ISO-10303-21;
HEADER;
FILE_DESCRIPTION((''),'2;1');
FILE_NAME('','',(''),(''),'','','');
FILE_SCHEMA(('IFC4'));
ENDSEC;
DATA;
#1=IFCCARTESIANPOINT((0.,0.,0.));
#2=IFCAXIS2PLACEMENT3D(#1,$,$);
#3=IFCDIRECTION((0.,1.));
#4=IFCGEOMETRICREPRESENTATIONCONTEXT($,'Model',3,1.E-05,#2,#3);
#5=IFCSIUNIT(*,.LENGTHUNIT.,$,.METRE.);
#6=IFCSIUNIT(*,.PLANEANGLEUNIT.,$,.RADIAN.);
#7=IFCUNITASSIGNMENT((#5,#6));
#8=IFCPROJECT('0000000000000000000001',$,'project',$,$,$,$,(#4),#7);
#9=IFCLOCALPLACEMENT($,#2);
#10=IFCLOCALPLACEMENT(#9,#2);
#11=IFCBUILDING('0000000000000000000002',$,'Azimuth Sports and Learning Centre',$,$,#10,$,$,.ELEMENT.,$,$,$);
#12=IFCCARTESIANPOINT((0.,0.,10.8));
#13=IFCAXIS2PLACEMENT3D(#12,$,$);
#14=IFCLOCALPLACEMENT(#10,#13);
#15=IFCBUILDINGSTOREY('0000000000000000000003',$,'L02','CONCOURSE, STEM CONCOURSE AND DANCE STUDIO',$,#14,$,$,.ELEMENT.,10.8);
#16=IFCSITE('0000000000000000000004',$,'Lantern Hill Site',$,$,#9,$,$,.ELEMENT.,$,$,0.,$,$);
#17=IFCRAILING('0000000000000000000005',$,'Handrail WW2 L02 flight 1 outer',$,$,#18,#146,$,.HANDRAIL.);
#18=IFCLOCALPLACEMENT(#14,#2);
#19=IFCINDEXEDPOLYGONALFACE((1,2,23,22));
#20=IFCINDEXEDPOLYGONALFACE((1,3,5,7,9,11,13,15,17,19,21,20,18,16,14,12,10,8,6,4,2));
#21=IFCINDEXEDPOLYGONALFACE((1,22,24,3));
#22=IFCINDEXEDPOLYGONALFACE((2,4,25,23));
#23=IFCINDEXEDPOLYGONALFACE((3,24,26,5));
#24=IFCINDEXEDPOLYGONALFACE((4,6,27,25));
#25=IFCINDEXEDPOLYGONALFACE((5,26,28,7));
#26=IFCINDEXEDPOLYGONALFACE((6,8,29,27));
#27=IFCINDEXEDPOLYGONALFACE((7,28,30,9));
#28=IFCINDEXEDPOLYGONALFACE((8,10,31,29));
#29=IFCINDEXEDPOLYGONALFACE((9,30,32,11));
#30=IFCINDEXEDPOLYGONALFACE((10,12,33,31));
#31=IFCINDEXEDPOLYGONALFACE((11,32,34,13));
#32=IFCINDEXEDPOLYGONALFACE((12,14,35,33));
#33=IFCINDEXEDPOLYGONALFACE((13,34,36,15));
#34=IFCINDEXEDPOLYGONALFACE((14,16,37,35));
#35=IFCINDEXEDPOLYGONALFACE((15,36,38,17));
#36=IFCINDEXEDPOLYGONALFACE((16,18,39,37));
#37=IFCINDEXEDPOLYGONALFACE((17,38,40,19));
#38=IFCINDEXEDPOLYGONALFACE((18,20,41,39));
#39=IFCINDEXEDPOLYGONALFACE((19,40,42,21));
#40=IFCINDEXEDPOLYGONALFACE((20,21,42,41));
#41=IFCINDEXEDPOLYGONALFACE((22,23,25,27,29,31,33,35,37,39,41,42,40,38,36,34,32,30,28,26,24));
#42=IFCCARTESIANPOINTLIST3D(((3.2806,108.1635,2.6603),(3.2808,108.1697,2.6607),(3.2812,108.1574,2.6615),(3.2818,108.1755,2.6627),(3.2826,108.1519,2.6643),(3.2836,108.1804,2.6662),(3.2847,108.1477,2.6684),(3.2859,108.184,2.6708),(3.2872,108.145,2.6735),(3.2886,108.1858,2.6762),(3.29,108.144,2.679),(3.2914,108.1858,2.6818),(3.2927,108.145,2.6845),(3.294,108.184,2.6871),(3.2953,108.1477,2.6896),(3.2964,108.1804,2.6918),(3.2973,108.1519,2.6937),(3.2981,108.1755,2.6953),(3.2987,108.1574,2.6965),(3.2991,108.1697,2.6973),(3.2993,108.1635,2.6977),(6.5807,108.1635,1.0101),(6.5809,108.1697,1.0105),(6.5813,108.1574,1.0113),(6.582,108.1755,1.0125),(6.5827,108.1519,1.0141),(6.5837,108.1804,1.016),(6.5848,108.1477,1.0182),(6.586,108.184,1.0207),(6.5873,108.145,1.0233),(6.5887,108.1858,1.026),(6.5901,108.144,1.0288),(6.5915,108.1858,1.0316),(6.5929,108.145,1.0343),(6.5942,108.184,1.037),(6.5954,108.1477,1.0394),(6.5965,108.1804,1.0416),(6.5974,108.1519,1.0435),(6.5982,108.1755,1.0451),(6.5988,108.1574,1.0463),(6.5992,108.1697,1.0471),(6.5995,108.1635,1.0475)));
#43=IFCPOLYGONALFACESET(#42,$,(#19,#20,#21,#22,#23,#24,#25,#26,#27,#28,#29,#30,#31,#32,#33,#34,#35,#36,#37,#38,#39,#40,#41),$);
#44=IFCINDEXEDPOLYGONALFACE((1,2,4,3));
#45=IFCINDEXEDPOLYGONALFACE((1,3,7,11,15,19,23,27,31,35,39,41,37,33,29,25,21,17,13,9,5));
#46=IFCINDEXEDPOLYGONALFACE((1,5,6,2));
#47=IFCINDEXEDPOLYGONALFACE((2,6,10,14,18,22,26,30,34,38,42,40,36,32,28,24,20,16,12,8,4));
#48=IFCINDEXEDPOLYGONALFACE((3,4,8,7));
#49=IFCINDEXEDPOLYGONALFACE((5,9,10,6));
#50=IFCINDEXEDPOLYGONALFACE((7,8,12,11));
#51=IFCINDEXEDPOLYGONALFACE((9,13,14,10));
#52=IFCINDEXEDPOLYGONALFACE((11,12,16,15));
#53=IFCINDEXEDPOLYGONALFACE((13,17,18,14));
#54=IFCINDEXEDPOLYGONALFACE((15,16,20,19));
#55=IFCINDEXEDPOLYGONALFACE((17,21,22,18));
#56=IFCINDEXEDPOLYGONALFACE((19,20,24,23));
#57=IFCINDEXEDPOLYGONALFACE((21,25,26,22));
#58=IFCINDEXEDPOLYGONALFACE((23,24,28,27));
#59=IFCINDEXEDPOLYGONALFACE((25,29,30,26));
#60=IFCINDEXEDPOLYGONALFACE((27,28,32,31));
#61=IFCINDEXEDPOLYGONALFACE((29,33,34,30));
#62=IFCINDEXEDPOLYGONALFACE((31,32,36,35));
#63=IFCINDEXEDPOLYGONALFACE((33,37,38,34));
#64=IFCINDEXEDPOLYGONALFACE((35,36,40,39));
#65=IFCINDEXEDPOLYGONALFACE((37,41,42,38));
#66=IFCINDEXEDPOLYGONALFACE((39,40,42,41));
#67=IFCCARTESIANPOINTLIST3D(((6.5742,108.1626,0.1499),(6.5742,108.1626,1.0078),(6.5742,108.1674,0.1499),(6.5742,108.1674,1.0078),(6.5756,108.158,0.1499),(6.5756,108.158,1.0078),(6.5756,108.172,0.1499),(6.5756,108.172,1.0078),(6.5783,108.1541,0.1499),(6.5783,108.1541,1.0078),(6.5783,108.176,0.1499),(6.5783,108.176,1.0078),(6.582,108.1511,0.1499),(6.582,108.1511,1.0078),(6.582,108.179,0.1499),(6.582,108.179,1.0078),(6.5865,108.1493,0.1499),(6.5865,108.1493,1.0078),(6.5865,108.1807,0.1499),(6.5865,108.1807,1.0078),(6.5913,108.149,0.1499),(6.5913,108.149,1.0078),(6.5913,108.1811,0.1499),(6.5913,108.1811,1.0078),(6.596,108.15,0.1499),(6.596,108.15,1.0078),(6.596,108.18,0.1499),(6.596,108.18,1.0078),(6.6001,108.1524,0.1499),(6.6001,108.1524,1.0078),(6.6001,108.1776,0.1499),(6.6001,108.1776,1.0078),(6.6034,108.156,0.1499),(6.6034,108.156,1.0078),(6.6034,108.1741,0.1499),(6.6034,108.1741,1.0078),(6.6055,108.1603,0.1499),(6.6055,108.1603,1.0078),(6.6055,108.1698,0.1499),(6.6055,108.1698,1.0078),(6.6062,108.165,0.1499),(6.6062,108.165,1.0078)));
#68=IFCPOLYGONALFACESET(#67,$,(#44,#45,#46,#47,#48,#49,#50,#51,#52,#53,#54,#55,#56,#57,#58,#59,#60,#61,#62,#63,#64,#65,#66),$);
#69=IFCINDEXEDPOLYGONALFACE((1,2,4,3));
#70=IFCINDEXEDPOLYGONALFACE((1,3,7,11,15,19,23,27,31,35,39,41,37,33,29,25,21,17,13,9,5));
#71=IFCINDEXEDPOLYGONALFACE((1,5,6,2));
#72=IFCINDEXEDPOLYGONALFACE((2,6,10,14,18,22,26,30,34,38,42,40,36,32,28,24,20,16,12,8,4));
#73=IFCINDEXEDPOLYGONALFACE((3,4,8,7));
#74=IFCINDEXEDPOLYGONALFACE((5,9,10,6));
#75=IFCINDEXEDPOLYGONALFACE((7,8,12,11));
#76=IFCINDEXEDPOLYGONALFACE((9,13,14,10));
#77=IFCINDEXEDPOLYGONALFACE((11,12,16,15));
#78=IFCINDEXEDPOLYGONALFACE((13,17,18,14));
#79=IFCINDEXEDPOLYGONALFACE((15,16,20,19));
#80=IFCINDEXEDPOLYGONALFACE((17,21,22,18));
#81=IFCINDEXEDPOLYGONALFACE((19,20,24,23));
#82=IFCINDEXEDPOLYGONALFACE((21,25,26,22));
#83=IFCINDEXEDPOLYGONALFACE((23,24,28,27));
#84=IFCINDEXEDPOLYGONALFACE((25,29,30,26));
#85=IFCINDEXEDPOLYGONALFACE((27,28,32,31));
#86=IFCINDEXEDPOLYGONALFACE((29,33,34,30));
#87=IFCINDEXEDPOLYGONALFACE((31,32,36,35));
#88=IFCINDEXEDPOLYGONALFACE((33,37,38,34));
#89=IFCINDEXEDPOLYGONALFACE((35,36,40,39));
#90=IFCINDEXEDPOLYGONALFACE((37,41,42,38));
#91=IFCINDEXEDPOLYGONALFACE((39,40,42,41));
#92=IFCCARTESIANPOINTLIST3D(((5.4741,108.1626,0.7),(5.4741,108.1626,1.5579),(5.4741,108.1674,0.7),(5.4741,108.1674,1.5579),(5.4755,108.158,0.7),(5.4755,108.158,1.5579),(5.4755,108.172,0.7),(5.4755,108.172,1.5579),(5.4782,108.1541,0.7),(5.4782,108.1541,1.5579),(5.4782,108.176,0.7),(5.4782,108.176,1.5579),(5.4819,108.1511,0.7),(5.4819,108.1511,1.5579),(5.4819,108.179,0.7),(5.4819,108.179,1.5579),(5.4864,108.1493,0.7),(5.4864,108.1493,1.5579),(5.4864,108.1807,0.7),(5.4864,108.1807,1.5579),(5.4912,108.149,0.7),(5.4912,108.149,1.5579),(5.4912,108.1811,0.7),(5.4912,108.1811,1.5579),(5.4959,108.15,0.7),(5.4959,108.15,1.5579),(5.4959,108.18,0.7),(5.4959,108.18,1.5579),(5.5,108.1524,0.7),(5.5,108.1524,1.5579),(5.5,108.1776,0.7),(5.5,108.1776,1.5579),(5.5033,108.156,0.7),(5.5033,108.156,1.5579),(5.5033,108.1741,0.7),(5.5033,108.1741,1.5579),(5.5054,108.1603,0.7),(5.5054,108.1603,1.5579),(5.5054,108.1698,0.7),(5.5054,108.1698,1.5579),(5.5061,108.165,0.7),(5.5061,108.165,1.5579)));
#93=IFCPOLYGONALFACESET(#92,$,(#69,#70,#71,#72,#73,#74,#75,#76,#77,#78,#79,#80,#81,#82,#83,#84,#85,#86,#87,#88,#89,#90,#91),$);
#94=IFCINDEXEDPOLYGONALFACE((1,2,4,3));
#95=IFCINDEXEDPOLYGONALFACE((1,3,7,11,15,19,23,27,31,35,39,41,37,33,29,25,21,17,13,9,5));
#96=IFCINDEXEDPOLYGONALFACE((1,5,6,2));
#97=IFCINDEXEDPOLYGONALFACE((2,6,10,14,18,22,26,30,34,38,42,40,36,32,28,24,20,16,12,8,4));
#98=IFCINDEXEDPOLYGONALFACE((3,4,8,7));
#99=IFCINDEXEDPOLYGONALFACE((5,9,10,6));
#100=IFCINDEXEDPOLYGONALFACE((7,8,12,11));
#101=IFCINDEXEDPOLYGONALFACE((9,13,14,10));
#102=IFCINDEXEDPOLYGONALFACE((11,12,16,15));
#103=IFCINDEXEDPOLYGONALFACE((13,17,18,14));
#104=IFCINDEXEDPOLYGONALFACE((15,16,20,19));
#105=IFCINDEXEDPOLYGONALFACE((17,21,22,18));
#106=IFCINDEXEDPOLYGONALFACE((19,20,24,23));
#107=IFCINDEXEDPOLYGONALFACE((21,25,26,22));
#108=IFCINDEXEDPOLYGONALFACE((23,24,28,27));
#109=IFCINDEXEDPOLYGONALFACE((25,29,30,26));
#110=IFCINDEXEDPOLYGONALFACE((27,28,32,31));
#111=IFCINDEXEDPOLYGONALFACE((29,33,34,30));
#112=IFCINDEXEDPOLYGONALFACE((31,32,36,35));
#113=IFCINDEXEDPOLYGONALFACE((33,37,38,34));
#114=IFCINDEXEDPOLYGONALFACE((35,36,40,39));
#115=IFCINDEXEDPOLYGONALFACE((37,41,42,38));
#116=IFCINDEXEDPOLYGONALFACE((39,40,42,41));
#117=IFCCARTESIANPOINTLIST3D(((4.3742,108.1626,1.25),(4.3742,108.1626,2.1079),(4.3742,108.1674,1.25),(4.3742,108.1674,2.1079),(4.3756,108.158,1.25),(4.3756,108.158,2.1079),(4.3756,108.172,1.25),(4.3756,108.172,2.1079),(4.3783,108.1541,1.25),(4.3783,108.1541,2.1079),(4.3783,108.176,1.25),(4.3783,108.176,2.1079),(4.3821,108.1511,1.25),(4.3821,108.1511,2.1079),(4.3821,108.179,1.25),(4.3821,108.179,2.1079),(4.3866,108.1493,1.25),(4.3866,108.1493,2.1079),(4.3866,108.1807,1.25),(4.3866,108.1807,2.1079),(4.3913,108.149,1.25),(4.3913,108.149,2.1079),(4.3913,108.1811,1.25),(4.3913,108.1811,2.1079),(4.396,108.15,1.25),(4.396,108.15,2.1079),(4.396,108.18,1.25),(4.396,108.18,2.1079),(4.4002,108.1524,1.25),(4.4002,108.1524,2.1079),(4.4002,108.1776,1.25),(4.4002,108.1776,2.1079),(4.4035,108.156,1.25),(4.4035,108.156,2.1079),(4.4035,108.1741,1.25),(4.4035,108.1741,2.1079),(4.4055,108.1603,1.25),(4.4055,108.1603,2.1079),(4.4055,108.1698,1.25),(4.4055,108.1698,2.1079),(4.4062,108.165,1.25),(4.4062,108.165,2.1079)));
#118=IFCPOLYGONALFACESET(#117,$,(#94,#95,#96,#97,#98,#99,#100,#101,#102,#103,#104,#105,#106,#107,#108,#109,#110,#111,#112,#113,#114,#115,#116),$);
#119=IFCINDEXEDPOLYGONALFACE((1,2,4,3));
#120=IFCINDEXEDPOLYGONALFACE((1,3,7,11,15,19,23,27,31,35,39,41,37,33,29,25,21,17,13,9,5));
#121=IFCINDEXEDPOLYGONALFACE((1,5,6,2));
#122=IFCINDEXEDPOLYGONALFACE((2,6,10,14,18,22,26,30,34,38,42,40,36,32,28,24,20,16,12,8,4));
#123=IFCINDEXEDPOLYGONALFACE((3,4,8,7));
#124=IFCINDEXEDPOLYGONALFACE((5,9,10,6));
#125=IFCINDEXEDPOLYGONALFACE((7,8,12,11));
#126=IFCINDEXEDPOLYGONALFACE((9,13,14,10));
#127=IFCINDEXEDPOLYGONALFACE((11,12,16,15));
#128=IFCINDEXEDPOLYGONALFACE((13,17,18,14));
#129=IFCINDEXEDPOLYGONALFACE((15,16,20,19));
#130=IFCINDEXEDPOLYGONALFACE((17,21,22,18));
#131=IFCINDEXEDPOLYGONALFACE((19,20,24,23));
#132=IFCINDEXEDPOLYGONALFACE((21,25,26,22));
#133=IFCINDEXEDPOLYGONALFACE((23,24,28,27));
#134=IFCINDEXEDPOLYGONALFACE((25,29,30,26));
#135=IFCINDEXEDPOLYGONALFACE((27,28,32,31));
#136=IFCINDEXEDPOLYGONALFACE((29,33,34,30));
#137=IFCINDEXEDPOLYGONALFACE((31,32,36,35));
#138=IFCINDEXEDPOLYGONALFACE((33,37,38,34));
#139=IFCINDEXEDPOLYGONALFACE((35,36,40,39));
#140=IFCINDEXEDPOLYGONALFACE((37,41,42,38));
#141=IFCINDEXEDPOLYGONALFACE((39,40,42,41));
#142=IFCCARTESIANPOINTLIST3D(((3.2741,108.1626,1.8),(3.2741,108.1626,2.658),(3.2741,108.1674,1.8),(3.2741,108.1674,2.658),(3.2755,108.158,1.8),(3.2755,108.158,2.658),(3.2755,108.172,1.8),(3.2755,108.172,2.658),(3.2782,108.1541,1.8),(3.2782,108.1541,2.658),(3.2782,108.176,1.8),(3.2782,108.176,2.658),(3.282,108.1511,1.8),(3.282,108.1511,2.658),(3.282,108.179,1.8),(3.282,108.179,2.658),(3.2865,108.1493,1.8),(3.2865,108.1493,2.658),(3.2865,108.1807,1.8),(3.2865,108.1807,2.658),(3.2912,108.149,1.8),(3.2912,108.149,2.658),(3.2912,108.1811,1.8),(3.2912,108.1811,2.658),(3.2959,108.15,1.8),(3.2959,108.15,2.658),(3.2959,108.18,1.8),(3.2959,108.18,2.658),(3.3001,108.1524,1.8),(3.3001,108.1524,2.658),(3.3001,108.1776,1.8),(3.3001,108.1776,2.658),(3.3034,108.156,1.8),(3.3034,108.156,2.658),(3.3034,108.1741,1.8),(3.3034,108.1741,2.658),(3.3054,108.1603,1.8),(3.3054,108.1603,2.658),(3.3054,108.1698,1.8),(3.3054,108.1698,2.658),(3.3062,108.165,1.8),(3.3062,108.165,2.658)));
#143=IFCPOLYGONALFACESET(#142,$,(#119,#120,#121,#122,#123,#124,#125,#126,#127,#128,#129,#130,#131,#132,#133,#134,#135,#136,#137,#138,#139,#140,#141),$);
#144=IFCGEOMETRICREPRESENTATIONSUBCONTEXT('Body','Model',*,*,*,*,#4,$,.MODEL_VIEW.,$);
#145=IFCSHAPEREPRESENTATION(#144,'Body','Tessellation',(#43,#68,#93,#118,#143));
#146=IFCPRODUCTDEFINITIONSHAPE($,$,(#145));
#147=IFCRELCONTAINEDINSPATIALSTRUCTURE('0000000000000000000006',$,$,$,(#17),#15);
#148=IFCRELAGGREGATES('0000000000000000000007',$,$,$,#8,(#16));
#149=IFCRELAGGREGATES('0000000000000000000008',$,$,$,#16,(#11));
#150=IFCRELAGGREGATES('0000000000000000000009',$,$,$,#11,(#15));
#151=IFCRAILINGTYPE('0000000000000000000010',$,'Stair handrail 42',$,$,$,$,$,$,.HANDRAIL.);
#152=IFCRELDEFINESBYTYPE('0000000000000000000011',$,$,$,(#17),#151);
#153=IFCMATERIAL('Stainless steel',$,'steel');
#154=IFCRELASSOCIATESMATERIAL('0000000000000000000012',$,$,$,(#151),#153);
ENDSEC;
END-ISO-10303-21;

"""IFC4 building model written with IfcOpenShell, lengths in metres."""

from ifc_helpers import new_model, si_unit, direction, frame, origin, origin_2d, place, context, subcontext, project, spatial, circle, extrude, material, type_object, element, save


model = new_model("IFC4")

# Units and contexts
model_context = context("Model", 3, precision=1e-05, world=origin(), true_north=direction((0.0, 1.0)))
body_context = subcontext(model_context, "Body", "Model", "MODEL_VIEW")
ifc_project = project(units=[si_unit("LENGTHUNIT", "METRE"), si_unit("PLANEANGLEUNIT", "RADIAN")], contexts=[model_context])

# Site, building, storey
site_placement = place(None, origin())
site = spatial("IfcSite", under=ifc_project, at=site_placement, Name="Lantern Hill Site", CompositionType="ELEMENT", RefElevation=0.0)
building_placement = place(site_placement, origin())
building = spatial("IfcBuilding", under=site, at=building_placement, Name="Azimuth Sports and Learning Centre", CompositionType="ELEMENT")
storey_placement = place(building_placement, frame((0.0, 0.0, 10.8)))
storey = spatial("IfcBuildingStorey", under=building, at=storey_placement, Name="L02", Description="CONCOURSE, STEM CONCOURSE AND DANCE STUDIO", CompositionType="ELEMENT", Elevation=10.8)

# Railing
ifc_material_1 = material(Name="Stainless steel", Category="steel")
railing_type_1 = type_object("IfcRailingType", Name="Stair handrail 42", PredefinedType="HANDRAIL", material=ifc_material_1)
for number, where, name in (
    (1, (6.5901, 108.165, 0.1499), "Handrail WW2 L02 flight 1 outer"),
):
    element("IfcRailing", number, at=place(storey_placement, frame(where)), inside=storey, type_object=railing_type_1, Name=name, PredefinedType="HANDRAIL", context=body_context, shape_type="SweptSolid", body=[
        extrude(circle(Radius=0.021, at=origin_2d()), frame((0.0, 0.0, 0.8789), z_axis=(-0.894414, 0.0, 0.44724), x_axis=(0.0, -1.0, 0.0)), (0.0, 0.0, 1.0), 3.6897),
        extrude(circle(Radius=0.0161, at=origin_2d()), origin(), (0.0, 0.0, 1.0), 0.8579),
        extrude(circle(Radius=0.0161, at=origin_2d()), frame((-1.1001, 0.0, 0.55)), (0.0, 0.0, 1.0), 0.8579),
        extrude(circle(Radius=0.0161, at=origin_2d()), frame((-2.2, 0.0, 1.1001)), (0.0, 0.0, 1.0), 0.8579),
        extrude(circle(Radius=0.0161, at=origin_2d()), frame((-3.3, 0.0, 1.6501)), (0.0, 0.0, 1.0), 0.8579),
    ])

save(model, "model.ifc")
